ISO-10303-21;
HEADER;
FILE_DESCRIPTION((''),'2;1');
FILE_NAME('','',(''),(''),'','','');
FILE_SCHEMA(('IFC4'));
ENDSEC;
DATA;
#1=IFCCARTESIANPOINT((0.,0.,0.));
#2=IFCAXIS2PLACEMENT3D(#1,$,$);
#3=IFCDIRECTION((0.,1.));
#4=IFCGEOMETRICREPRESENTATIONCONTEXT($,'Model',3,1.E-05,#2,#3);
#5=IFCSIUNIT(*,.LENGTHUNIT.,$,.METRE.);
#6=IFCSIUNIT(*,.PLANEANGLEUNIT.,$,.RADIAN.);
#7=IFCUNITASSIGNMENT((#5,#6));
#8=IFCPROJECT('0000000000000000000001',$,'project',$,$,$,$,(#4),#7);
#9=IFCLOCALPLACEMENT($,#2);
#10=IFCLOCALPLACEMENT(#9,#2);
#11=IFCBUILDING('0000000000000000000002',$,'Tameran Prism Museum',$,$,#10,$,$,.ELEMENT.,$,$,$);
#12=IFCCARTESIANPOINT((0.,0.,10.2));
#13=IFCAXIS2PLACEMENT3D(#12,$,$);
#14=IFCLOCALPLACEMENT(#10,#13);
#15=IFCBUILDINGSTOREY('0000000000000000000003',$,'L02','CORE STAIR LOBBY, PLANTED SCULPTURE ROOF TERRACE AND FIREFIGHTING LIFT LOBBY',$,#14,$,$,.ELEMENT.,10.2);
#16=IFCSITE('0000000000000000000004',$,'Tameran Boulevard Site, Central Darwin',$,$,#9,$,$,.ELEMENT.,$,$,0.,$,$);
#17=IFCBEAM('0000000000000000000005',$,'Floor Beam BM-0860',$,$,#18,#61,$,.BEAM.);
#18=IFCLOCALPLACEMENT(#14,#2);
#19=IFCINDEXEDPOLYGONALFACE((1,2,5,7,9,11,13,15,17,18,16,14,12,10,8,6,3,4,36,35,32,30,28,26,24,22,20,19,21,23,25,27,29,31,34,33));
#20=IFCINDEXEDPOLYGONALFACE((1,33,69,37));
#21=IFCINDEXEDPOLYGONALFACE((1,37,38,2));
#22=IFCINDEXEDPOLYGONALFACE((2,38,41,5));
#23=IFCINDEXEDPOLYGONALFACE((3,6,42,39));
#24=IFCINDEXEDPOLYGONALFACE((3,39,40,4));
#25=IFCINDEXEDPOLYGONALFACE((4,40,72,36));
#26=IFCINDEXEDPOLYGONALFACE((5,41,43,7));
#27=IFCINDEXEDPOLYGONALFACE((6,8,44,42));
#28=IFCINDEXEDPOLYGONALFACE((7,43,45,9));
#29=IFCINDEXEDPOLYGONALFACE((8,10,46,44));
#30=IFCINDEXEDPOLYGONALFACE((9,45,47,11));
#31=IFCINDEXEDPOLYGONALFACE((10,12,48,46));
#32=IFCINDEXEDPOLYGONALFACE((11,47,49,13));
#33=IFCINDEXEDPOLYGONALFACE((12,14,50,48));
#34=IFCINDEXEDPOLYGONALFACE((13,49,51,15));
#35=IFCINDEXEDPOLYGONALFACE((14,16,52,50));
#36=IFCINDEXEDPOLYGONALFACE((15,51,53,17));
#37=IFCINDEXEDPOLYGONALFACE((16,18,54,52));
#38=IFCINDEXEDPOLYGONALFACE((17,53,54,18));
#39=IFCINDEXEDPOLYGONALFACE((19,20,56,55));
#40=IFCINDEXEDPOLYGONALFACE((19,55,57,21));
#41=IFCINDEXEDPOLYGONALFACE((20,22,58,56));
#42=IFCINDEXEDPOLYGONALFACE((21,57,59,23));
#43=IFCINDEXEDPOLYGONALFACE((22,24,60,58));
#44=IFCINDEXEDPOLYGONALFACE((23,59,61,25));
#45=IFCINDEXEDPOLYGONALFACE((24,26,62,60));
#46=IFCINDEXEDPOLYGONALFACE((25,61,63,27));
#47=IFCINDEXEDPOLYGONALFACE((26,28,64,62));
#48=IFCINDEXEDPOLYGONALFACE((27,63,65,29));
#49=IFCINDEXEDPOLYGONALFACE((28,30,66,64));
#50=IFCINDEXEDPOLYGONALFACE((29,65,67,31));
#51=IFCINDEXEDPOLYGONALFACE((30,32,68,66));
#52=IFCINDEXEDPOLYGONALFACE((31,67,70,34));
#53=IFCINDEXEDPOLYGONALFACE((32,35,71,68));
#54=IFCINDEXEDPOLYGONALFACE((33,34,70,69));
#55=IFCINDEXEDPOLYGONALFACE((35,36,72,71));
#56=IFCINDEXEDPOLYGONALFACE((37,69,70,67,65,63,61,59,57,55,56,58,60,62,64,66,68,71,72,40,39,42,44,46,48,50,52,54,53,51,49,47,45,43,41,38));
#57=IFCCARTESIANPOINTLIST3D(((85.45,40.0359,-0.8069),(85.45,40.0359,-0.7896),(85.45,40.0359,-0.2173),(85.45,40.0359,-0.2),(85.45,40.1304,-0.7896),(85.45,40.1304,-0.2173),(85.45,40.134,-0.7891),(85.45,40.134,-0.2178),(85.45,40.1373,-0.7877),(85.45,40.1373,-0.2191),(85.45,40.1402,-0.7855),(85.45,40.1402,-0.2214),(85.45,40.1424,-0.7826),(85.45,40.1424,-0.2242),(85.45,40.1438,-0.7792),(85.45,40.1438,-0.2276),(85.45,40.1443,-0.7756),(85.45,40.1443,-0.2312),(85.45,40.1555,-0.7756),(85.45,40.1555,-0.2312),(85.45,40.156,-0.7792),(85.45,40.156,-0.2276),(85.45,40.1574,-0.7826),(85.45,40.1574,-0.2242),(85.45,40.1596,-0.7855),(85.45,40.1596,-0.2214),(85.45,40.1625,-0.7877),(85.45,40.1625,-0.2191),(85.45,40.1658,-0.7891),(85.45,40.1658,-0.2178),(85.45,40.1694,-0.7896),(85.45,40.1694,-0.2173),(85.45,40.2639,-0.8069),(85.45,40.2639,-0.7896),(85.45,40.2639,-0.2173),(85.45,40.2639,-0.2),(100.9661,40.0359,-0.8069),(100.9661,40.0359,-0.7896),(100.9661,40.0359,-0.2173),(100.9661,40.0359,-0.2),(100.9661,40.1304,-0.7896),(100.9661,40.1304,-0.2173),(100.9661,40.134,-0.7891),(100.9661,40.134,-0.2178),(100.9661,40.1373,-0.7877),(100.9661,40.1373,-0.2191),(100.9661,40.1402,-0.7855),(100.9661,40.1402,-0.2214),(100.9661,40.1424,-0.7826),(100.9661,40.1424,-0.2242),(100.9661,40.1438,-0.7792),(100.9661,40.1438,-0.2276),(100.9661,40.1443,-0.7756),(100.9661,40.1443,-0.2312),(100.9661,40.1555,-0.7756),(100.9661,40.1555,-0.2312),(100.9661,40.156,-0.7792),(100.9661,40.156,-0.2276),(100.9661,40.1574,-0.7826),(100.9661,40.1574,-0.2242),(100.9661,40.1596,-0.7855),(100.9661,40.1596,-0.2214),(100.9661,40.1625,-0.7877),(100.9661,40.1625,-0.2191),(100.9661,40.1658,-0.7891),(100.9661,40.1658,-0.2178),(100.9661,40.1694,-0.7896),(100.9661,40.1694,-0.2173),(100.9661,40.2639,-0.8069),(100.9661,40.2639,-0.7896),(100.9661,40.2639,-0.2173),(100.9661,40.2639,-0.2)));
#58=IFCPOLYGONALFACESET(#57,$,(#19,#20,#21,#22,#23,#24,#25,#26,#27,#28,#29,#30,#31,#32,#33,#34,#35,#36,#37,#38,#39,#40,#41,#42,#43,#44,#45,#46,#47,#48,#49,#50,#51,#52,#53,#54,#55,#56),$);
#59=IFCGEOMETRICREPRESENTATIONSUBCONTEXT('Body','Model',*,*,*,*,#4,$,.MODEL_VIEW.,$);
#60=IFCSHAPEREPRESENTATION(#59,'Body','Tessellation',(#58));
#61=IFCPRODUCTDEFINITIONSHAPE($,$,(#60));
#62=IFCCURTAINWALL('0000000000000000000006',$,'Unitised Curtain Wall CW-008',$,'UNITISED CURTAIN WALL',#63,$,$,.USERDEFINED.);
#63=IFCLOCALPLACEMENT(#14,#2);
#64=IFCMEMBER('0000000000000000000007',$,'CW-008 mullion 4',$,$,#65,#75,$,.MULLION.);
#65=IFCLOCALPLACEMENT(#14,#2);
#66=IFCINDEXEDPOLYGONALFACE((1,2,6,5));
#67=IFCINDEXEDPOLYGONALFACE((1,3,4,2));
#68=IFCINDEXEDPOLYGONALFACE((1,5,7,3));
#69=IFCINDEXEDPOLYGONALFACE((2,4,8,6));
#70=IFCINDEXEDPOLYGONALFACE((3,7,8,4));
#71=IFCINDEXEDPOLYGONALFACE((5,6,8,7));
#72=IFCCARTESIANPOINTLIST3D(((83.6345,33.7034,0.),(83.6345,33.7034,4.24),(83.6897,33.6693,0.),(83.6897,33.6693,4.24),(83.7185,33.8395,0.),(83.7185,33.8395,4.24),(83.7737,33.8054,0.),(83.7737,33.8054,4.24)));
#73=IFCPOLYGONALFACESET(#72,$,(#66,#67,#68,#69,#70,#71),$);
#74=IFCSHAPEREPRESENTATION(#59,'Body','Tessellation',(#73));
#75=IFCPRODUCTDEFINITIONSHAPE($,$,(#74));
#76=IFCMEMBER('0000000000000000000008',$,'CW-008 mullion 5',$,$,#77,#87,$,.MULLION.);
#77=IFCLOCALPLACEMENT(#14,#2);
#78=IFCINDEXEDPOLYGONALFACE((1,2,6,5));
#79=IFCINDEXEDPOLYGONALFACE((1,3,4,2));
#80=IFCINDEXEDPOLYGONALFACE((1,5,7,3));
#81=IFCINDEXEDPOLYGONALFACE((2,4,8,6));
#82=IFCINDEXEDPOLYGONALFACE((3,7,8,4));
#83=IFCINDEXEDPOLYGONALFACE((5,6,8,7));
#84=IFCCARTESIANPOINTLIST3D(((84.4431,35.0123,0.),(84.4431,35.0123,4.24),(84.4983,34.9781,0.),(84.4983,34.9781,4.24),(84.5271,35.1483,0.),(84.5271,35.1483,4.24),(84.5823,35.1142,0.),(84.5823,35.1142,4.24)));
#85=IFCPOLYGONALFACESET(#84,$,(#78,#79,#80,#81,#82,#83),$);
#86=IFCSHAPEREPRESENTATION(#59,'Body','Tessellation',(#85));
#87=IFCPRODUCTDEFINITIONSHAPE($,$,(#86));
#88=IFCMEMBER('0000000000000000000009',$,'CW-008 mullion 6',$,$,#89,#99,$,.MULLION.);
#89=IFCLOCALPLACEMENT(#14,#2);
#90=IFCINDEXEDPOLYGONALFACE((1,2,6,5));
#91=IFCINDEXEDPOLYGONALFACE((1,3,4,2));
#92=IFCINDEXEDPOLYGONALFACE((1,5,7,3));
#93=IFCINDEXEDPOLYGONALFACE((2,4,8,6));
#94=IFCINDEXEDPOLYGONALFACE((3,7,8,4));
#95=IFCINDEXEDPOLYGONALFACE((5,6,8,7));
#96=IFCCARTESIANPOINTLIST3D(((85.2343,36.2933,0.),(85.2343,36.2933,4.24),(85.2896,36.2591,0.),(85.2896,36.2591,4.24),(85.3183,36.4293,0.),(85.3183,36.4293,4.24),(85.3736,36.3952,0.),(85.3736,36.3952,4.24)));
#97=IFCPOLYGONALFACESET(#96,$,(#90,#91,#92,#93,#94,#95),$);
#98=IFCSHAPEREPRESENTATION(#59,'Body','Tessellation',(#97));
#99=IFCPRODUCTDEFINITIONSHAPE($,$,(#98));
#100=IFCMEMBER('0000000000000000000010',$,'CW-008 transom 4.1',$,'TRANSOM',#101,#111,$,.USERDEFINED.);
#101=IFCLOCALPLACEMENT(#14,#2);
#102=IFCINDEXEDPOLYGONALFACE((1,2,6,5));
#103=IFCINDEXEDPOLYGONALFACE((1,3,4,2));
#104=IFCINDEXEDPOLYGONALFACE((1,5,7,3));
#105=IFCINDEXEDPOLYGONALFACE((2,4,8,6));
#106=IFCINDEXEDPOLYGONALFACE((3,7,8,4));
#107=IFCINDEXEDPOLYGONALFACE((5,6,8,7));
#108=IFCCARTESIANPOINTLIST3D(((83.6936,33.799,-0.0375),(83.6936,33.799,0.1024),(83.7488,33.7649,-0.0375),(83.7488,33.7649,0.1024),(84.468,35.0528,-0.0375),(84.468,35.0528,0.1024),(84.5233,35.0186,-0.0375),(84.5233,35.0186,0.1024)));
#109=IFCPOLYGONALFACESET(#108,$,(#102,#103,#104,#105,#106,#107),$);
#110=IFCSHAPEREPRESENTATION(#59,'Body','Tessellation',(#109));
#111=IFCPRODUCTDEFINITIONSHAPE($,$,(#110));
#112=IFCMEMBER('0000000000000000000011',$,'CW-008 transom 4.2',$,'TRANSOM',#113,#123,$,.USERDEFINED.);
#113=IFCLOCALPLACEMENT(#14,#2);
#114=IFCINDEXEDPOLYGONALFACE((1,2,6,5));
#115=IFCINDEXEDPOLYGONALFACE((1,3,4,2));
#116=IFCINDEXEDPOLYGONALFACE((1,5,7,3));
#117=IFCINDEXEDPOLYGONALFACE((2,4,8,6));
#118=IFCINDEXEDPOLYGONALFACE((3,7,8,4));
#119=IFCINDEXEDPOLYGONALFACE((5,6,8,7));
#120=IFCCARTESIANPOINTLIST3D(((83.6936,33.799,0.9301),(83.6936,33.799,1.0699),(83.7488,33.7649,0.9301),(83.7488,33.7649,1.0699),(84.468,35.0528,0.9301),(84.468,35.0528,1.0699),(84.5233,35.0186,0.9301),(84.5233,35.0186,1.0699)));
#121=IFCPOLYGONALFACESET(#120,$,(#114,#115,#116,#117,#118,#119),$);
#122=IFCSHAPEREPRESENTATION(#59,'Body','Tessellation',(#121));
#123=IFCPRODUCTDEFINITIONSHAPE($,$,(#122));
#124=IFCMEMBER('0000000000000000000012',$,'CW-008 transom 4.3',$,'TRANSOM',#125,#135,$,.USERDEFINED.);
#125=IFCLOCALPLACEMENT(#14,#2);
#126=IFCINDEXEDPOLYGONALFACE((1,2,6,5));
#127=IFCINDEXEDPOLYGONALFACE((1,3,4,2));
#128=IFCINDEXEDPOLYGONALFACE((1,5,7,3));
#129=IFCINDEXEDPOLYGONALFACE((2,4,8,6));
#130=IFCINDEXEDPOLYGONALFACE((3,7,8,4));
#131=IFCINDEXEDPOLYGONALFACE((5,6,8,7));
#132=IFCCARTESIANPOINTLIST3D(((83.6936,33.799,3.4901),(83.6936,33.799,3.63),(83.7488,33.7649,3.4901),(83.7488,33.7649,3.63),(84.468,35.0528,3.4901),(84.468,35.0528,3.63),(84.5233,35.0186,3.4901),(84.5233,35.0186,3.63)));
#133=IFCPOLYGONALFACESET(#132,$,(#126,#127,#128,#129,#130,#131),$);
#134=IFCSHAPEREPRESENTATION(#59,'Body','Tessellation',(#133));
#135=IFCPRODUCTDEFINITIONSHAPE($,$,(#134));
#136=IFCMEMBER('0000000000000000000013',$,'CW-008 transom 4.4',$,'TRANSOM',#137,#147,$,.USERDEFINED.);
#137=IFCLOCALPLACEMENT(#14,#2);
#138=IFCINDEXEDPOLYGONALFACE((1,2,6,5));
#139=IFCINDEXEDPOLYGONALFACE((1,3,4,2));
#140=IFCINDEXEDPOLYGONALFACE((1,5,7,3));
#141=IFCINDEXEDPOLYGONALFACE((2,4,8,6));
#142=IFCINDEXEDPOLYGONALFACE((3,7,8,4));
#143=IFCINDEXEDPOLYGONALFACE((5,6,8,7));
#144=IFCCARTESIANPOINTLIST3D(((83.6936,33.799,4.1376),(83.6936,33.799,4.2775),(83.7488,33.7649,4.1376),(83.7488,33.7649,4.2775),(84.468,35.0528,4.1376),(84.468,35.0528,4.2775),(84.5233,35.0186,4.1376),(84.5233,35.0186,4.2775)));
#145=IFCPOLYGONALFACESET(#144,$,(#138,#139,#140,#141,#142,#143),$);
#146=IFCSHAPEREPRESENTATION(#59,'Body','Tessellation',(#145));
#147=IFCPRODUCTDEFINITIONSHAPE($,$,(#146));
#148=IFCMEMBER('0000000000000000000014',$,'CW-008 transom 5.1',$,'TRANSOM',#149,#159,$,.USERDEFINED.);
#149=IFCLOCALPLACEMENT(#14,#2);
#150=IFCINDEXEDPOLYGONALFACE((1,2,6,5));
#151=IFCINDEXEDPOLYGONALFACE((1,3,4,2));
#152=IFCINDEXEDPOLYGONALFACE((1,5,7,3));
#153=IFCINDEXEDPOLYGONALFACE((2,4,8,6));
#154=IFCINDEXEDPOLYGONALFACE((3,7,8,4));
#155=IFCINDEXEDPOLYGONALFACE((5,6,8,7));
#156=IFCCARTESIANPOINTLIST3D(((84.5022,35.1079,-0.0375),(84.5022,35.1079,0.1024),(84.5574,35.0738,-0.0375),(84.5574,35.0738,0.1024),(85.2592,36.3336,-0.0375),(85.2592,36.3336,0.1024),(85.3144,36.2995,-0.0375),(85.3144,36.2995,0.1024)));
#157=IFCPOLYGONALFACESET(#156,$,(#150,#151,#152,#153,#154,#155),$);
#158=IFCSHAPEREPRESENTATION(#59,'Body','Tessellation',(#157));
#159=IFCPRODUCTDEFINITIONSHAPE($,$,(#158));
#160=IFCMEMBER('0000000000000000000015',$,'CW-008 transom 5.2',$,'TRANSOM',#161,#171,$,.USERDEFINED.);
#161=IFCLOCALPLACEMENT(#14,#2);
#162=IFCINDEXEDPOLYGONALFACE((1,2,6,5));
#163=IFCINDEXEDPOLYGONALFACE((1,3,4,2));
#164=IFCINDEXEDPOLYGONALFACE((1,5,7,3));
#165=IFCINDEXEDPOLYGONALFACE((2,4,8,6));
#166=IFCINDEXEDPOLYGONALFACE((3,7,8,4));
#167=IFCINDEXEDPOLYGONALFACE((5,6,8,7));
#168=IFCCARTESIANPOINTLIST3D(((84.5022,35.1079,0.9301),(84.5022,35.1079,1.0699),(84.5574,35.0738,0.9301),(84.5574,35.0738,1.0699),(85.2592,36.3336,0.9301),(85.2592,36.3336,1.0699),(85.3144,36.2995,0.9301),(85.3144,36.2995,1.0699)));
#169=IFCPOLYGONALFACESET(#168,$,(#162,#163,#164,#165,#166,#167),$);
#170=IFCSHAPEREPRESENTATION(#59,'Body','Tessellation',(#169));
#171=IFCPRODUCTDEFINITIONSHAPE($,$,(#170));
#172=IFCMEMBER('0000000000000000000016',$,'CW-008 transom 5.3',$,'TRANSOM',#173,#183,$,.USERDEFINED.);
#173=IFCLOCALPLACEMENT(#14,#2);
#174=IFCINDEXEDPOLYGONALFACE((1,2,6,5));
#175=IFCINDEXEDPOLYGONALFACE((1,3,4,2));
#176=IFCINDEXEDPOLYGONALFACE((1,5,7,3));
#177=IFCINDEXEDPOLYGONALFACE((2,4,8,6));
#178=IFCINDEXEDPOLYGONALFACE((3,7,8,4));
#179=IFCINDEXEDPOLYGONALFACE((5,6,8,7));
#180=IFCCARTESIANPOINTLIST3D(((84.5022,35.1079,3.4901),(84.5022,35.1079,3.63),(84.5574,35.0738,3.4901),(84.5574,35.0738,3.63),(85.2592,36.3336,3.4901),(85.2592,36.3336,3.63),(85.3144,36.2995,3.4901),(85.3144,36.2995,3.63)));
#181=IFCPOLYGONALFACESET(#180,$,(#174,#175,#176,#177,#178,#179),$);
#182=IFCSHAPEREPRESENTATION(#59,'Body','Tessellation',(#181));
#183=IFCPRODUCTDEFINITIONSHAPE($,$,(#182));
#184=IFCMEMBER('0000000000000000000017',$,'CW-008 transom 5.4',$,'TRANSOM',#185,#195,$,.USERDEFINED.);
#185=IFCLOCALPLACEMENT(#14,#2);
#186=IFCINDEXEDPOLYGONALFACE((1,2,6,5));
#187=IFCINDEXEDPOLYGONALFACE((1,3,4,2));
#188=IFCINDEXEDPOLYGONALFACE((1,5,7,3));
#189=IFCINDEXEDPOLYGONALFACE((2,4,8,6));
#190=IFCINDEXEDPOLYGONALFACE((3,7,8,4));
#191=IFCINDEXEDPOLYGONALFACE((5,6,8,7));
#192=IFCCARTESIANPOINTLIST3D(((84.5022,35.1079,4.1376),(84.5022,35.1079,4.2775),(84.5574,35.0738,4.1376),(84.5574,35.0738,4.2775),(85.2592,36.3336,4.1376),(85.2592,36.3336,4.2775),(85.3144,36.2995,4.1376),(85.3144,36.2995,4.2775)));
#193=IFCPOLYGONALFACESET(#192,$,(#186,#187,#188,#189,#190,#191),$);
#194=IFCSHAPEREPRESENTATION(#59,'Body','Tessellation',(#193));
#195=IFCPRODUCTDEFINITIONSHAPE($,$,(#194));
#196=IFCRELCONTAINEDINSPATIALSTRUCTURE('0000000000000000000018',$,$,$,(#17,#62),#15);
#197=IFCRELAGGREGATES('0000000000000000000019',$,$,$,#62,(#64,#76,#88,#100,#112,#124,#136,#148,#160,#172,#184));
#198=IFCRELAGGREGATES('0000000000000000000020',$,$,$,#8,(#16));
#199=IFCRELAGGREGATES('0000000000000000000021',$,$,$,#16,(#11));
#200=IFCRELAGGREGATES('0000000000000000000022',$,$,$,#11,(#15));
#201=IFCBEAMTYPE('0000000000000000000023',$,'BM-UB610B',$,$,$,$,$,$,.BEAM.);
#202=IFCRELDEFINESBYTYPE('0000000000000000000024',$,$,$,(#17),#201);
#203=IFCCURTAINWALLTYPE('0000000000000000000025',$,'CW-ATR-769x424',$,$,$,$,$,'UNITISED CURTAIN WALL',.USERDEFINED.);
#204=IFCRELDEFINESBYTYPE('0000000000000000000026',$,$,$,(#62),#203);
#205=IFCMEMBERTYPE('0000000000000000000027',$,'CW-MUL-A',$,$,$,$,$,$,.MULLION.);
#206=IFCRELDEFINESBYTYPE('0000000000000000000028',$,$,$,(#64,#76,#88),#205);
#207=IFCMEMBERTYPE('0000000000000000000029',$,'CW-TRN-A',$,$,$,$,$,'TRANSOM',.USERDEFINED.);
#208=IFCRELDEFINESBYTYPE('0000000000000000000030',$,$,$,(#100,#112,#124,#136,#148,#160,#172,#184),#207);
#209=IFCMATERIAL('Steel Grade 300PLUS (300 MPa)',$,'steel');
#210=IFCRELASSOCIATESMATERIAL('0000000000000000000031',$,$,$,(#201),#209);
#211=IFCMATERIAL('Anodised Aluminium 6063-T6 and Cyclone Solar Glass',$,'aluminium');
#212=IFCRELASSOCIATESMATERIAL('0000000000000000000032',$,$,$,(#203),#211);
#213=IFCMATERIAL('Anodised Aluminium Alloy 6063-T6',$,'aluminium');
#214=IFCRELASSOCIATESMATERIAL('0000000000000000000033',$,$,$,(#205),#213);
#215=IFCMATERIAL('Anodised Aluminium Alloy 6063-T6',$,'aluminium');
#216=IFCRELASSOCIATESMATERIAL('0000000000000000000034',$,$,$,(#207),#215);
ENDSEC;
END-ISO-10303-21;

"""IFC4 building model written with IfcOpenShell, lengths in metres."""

from ifc_helpers import new_model, si_unit, direction, frame, origin, origin_2d, place, context, subcontext, project, spatial, rectangle, i_section, extrude, material, material_profile, profile_set, type_object, element, aggregate, save


model = new_model("IFC4")

# Units and contexts
model_context = context("Model", 3, precision=1e-05, world=origin(), true_north=direction((0.0, 1.0)))
body_context = subcontext(model_context, "Body", "Model", "MODEL_VIEW")
ifc_project = project(units=[si_unit("LENGTHUNIT", "METRE"), si_unit("PLANEANGLEUNIT", "RADIAN")], contexts=[model_context])

# Site, building, storey
site_placement = place(None, origin())
site = spatial("IfcSite", under=ifc_project, at=site_placement, Name="Tameran Boulevard Site, Central Darwin", CompositionType="ELEMENT", RefElevation=0.0)
building_placement = place(site_placement, origin())
building = spatial("IfcBuilding", under=site, at=building_placement, Name="Tameran Prism Museum", CompositionType="ELEMENT")
storey_placement = place(building_placement, frame((0.0, 0.0, 10.2)))
storey = spatial("IfcBuildingStorey", under=building, at=storey_placement, Name="L02", Description="CORE STAIR LOBBY, PLANTED SCULPTURE ROOF TERRACE AND FIREFIGHTING LIFT LOBBY", CompositionType="ELEMENT", Elevation=10.2)

# Beam
ifc_material_1 = material(Name="Steel Grade 300PLUS (300 MPa)", Category="steel")
ifc_material_profile_1 = material_profile(ifc_material_1, i_section(OverallWidth=0.228, OverallDepth=0.6069, WebThickness=0.0112, FlangeThickness=0.0173, FilletRadius=0.0139, at=origin_2d()))
ifc_profile_set_1 = profile_set([ifc_material_profile_1])
beam_type_1 = type_object("IfcBeamType", Name="BM-UB610B", PredefinedType="BEAM", material=ifc_profile_set_1)
beam_1_placement = place(storey_placement, frame((85.45, 40.1499, -0.5034), z_axis=(1.0, 0.0, 0.0), x_axis=(0.0, 1.0, 0.0)))
element("IfcBeam", 1, at=beam_1_placement, inside=storey, type_object=beam_type_1, Name="Floor Beam BM-0860", PredefinedType="BEAM", context=body_context, shape_type="SweptSolid", body=[
    extrude(i_section(OverallWidth=0.228, OverallDepth=0.6069, WebThickness=0.0112, FlangeThickness=0.0173, FilletRadius=0.0139, at=origin_2d()), origin(), (0.0, 0.0, 1.0), 15.5161),
])

# Curtain wall, members
ifc_material_2 = material(Name="Anodised Aluminium 6063-T6 and Cyclone Solar Glass", Category="aluminium")
curtain_wall_type = type_object("IfcCurtainWallType", Name="CW-ATR-769x424", ElementType="UNITISED CURTAIN WALL", PredefinedType="USERDEFINED", material=ifc_material_2)
curtain_wall_placement = place(storey_placement, origin())
curtain_wall = element("IfcCurtainWall", 2, at=curtain_wall_placement, inside=storey, type_object=curtain_wall_type, Name="Unitised Curtain Wall CW-008", ObjectType="UNITISED CURTAIN WALL", PredefinedType="USERDEFINED")
ifc_material_3 = material(Name="Anodised Aluminium Alloy 6063-T6", Category="aluminium")
ifc_material_profile_2 = material_profile(ifc_material_3, rectangle(XDim=0.0649, YDim=0.1599, at=origin_2d()))
ifc_profile_set_2 = profile_set([ifc_material_profile_2])
member_type_1 = type_object("IfcMemberType", Name="CW-MUL-A", PredefinedType="MULLION", material=ifc_profile_set_2)
member_1_placement = place(storey_placement, frame((83.7041, 33.7544, 0.0), z_axis=(0.0, 0.0, 1.0), x_axis=(-0.850791, 0.525504, 0.0)))
member_1 = element("IfcMember", 3, at=member_1_placement, type_object=member_type_1, Name="CW-008 mullion 4", PredefinedType="MULLION", context=body_context, shape_type="SweptSolid", body=[
    extrude(rectangle(XDim=0.0649, YDim=0.1599, at=origin_2d()), origin(), (0.0, 0.0, 1.0), 4.24),
])
member_2_placement = place(storey_placement, frame((84.5127, 35.0632, 0.0), z_axis=(0.0, 0.0, 1.0), x_axis=(-0.850791, 0.525504, 0.0)))
member_2 = element("IfcMember", 4, at=member_2_placement, type_object=member_type_1, Name="CW-008 mullion 5", PredefinedType="MULLION", context=body_context, shape_type="SweptSolid", body=[
    extrude(rectangle(XDim=0.0649, YDim=0.1599, at=origin_2d()), origin(), (0.0, 0.0, 1.0), 4.24),
])
member_3_placement = place(storey_placement, frame((85.304, 36.3442, 0.0), z_axis=(0.0, 0.0, 1.0), x_axis=(-0.850791, 0.525504, 0.0)))
member_3 = element("IfcMember", 5, at=member_3_placement, type_object=member_type_1, Name="CW-008 mullion 6", PredefinedType="MULLION", context=body_context, shape_type="SweptSolid", body=[
    extrude(rectangle(XDim=0.0649, YDim=0.1599, at=origin_2d()), origin(), (0.0, 0.0, 1.0), 4.24),
])
ifc_material_4 = material(Name="Anodised Aluminium Alloy 6063-T6", Category="aluminium")
ifc_material_profile_3 = material_profile(ifc_material_4, rectangle(XDim=0.0649, YDim=0.1399, at=origin_2d()))
ifc_profile_set_3 = profile_set([ifc_material_profile_3])
member_type_2 = type_object("IfcMemberType", Name="CW-TRN-A", ElementType="TRANSOM", PredefinedType="USERDEFINED", material=ifc_profile_set_3)
member_4_placement = place(storey_placement, frame((83.7212, 33.782, 0.0325), z_axis=(0.525539, 0.85077, 0.0), x_axis=(-0.85077, 0.525539, 0.0)))
member_4 = element("IfcMember", 6, at=member_4_placement, type_object=member_type_2, Name="CW-008 transom 4.1", ObjectType="TRANSOM", PredefinedType="USERDEFINED", context=body_context, shape_type="SweptSolid", body=[
    extrude(rectangle(XDim=0.0649, YDim=0.1399, at=origin_2d()), origin(), (0.0, 0.0, 1.0), 1.4736),
])
member_5_placement = place(storey_placement, frame((83.7212, 33.782, 1.0), z_axis=(0.525539, 0.85077, 0.0), x_axis=(-0.85077, 0.525539, 0.0)))
member_5 = element("IfcMember", 7, at=member_5_placement, type_object=member_type_2, Name="CW-008 transom 4.2", ObjectType="TRANSOM", PredefinedType="USERDEFINED", context=body_context, shape_type="SweptSolid", body=[
    extrude(rectangle(XDim=0.0649, YDim=0.1399, at=origin_2d()), origin(), (0.0, 0.0, 1.0), 1.4736),
])
member_6_placement = place(storey_placement, frame((83.7212, 33.782, 3.5601), z_axis=(0.525539, 0.85077, 0.0), x_axis=(-0.85077, 0.525539, 0.0)))
member_6 = element("IfcMember", 8, at=member_6_placement, type_object=member_type_2, Name="CW-008 transom 4.3", ObjectType="TRANSOM", PredefinedType="USERDEFINED", context=body_context, shape_type="SweptSolid", body=[
    extrude(rectangle(XDim=0.0649, YDim=0.1399, at=origin_2d()), origin(), (0.0, 0.0, 1.0), 1.4736),
])
member_7_placement = place(storey_placement, frame((83.7212, 33.782, 4.2075), z_axis=(0.525539, 0.85077, 0.0), x_axis=(-0.85077, 0.525539, 0.0)))
member_7 = element("IfcMember", 9, at=member_7_placement, type_object=member_type_2, Name="CW-008 transom 4.4", ObjectType="TRANSOM", PredefinedType="USERDEFINED", context=body_context, shape_type="SweptSolid", body=[
    extrude(rectangle(XDim=0.0649, YDim=0.1399, at=origin_2d()), origin(), (0.0, 0.0, 1.0), 1.4736),
])
member_8_placement = place(storey_placement, frame((84.5298, 35.0908, 0.0325), z_axis=(0.525468, 0.850814, 0.0), x_axis=(-0.850814, 0.525468, 0.0)))
member_8 = element("IfcMember", 10, at=member_8_placement, type_object=member_type_2, Name="CW-008 transom 5.1", ObjectType="TRANSOM", PredefinedType="USERDEFINED", context=body_context, shape_type="SweptSolid", body=[
    extrude(rectangle(XDim=0.0649, YDim=0.1399, at=origin_2d()), origin(), (0.0, 0.0, 1.0), 1.4407),
])
member_9_placement = place(storey_placement, frame((84.5298, 35.0908, 1.0), z_axis=(0.525468, 0.850814, 0.0), x_axis=(-0.850814, 0.525468, 0.0)))
member_9 = element("IfcMember", 11, at=member_9_placement, type_object=member_type_2, Name="CW-008 transom 5.2", ObjectType="TRANSOM", PredefinedType="USERDEFINED", context=body_context, shape_type="SweptSolid", body=[
    extrude(rectangle(XDim=0.0649, YDim=0.1399, at=origin_2d()), origin(), (0.0, 0.0, 1.0), 1.4407),
])
member_10_placement = place(storey_placement, frame((84.5298, 35.0908, 3.5601), z_axis=(0.525468, 0.850814, 0.0), x_axis=(-0.850814, 0.525468, 0.0)))
member_10 = element("IfcMember", 12, at=member_10_placement, type_object=member_type_2, Name="CW-008 transom 5.3", ObjectType="TRANSOM", PredefinedType="USERDEFINED", context=body_context, shape_type="SweptSolid", body=[
    extrude(rectangle(XDim=0.0649, YDim=0.1399, at=origin_2d()), origin(), (0.0, 0.0, 1.0), 1.4407),
])
member_11_placement = place(storey_placement, frame((84.5298, 35.0908, 4.2075), z_axis=(0.525468, 0.850814, 0.0), x_axis=(-0.850814, 0.525468, 0.0)))
member_11 = element("IfcMember", 13, at=member_11_placement, type_object=member_type_2, Name="CW-008 transom 5.4", ObjectType="TRANSOM", PredefinedType="USERDEFINED", context=body_context, shape_type="SweptSolid", body=[
    extrude(rectangle(XDim=0.0649, YDim=0.1399, at=origin_2d()), origin(), (0.0, 0.0, 1.0), 1.4407),
])
aggregate(curtain_wall, [member_1, member_2, member_3, member_4, member_5, member_6, member_7, member_8, member_9, member_10, member_11])

save(model, "model.ifc")
